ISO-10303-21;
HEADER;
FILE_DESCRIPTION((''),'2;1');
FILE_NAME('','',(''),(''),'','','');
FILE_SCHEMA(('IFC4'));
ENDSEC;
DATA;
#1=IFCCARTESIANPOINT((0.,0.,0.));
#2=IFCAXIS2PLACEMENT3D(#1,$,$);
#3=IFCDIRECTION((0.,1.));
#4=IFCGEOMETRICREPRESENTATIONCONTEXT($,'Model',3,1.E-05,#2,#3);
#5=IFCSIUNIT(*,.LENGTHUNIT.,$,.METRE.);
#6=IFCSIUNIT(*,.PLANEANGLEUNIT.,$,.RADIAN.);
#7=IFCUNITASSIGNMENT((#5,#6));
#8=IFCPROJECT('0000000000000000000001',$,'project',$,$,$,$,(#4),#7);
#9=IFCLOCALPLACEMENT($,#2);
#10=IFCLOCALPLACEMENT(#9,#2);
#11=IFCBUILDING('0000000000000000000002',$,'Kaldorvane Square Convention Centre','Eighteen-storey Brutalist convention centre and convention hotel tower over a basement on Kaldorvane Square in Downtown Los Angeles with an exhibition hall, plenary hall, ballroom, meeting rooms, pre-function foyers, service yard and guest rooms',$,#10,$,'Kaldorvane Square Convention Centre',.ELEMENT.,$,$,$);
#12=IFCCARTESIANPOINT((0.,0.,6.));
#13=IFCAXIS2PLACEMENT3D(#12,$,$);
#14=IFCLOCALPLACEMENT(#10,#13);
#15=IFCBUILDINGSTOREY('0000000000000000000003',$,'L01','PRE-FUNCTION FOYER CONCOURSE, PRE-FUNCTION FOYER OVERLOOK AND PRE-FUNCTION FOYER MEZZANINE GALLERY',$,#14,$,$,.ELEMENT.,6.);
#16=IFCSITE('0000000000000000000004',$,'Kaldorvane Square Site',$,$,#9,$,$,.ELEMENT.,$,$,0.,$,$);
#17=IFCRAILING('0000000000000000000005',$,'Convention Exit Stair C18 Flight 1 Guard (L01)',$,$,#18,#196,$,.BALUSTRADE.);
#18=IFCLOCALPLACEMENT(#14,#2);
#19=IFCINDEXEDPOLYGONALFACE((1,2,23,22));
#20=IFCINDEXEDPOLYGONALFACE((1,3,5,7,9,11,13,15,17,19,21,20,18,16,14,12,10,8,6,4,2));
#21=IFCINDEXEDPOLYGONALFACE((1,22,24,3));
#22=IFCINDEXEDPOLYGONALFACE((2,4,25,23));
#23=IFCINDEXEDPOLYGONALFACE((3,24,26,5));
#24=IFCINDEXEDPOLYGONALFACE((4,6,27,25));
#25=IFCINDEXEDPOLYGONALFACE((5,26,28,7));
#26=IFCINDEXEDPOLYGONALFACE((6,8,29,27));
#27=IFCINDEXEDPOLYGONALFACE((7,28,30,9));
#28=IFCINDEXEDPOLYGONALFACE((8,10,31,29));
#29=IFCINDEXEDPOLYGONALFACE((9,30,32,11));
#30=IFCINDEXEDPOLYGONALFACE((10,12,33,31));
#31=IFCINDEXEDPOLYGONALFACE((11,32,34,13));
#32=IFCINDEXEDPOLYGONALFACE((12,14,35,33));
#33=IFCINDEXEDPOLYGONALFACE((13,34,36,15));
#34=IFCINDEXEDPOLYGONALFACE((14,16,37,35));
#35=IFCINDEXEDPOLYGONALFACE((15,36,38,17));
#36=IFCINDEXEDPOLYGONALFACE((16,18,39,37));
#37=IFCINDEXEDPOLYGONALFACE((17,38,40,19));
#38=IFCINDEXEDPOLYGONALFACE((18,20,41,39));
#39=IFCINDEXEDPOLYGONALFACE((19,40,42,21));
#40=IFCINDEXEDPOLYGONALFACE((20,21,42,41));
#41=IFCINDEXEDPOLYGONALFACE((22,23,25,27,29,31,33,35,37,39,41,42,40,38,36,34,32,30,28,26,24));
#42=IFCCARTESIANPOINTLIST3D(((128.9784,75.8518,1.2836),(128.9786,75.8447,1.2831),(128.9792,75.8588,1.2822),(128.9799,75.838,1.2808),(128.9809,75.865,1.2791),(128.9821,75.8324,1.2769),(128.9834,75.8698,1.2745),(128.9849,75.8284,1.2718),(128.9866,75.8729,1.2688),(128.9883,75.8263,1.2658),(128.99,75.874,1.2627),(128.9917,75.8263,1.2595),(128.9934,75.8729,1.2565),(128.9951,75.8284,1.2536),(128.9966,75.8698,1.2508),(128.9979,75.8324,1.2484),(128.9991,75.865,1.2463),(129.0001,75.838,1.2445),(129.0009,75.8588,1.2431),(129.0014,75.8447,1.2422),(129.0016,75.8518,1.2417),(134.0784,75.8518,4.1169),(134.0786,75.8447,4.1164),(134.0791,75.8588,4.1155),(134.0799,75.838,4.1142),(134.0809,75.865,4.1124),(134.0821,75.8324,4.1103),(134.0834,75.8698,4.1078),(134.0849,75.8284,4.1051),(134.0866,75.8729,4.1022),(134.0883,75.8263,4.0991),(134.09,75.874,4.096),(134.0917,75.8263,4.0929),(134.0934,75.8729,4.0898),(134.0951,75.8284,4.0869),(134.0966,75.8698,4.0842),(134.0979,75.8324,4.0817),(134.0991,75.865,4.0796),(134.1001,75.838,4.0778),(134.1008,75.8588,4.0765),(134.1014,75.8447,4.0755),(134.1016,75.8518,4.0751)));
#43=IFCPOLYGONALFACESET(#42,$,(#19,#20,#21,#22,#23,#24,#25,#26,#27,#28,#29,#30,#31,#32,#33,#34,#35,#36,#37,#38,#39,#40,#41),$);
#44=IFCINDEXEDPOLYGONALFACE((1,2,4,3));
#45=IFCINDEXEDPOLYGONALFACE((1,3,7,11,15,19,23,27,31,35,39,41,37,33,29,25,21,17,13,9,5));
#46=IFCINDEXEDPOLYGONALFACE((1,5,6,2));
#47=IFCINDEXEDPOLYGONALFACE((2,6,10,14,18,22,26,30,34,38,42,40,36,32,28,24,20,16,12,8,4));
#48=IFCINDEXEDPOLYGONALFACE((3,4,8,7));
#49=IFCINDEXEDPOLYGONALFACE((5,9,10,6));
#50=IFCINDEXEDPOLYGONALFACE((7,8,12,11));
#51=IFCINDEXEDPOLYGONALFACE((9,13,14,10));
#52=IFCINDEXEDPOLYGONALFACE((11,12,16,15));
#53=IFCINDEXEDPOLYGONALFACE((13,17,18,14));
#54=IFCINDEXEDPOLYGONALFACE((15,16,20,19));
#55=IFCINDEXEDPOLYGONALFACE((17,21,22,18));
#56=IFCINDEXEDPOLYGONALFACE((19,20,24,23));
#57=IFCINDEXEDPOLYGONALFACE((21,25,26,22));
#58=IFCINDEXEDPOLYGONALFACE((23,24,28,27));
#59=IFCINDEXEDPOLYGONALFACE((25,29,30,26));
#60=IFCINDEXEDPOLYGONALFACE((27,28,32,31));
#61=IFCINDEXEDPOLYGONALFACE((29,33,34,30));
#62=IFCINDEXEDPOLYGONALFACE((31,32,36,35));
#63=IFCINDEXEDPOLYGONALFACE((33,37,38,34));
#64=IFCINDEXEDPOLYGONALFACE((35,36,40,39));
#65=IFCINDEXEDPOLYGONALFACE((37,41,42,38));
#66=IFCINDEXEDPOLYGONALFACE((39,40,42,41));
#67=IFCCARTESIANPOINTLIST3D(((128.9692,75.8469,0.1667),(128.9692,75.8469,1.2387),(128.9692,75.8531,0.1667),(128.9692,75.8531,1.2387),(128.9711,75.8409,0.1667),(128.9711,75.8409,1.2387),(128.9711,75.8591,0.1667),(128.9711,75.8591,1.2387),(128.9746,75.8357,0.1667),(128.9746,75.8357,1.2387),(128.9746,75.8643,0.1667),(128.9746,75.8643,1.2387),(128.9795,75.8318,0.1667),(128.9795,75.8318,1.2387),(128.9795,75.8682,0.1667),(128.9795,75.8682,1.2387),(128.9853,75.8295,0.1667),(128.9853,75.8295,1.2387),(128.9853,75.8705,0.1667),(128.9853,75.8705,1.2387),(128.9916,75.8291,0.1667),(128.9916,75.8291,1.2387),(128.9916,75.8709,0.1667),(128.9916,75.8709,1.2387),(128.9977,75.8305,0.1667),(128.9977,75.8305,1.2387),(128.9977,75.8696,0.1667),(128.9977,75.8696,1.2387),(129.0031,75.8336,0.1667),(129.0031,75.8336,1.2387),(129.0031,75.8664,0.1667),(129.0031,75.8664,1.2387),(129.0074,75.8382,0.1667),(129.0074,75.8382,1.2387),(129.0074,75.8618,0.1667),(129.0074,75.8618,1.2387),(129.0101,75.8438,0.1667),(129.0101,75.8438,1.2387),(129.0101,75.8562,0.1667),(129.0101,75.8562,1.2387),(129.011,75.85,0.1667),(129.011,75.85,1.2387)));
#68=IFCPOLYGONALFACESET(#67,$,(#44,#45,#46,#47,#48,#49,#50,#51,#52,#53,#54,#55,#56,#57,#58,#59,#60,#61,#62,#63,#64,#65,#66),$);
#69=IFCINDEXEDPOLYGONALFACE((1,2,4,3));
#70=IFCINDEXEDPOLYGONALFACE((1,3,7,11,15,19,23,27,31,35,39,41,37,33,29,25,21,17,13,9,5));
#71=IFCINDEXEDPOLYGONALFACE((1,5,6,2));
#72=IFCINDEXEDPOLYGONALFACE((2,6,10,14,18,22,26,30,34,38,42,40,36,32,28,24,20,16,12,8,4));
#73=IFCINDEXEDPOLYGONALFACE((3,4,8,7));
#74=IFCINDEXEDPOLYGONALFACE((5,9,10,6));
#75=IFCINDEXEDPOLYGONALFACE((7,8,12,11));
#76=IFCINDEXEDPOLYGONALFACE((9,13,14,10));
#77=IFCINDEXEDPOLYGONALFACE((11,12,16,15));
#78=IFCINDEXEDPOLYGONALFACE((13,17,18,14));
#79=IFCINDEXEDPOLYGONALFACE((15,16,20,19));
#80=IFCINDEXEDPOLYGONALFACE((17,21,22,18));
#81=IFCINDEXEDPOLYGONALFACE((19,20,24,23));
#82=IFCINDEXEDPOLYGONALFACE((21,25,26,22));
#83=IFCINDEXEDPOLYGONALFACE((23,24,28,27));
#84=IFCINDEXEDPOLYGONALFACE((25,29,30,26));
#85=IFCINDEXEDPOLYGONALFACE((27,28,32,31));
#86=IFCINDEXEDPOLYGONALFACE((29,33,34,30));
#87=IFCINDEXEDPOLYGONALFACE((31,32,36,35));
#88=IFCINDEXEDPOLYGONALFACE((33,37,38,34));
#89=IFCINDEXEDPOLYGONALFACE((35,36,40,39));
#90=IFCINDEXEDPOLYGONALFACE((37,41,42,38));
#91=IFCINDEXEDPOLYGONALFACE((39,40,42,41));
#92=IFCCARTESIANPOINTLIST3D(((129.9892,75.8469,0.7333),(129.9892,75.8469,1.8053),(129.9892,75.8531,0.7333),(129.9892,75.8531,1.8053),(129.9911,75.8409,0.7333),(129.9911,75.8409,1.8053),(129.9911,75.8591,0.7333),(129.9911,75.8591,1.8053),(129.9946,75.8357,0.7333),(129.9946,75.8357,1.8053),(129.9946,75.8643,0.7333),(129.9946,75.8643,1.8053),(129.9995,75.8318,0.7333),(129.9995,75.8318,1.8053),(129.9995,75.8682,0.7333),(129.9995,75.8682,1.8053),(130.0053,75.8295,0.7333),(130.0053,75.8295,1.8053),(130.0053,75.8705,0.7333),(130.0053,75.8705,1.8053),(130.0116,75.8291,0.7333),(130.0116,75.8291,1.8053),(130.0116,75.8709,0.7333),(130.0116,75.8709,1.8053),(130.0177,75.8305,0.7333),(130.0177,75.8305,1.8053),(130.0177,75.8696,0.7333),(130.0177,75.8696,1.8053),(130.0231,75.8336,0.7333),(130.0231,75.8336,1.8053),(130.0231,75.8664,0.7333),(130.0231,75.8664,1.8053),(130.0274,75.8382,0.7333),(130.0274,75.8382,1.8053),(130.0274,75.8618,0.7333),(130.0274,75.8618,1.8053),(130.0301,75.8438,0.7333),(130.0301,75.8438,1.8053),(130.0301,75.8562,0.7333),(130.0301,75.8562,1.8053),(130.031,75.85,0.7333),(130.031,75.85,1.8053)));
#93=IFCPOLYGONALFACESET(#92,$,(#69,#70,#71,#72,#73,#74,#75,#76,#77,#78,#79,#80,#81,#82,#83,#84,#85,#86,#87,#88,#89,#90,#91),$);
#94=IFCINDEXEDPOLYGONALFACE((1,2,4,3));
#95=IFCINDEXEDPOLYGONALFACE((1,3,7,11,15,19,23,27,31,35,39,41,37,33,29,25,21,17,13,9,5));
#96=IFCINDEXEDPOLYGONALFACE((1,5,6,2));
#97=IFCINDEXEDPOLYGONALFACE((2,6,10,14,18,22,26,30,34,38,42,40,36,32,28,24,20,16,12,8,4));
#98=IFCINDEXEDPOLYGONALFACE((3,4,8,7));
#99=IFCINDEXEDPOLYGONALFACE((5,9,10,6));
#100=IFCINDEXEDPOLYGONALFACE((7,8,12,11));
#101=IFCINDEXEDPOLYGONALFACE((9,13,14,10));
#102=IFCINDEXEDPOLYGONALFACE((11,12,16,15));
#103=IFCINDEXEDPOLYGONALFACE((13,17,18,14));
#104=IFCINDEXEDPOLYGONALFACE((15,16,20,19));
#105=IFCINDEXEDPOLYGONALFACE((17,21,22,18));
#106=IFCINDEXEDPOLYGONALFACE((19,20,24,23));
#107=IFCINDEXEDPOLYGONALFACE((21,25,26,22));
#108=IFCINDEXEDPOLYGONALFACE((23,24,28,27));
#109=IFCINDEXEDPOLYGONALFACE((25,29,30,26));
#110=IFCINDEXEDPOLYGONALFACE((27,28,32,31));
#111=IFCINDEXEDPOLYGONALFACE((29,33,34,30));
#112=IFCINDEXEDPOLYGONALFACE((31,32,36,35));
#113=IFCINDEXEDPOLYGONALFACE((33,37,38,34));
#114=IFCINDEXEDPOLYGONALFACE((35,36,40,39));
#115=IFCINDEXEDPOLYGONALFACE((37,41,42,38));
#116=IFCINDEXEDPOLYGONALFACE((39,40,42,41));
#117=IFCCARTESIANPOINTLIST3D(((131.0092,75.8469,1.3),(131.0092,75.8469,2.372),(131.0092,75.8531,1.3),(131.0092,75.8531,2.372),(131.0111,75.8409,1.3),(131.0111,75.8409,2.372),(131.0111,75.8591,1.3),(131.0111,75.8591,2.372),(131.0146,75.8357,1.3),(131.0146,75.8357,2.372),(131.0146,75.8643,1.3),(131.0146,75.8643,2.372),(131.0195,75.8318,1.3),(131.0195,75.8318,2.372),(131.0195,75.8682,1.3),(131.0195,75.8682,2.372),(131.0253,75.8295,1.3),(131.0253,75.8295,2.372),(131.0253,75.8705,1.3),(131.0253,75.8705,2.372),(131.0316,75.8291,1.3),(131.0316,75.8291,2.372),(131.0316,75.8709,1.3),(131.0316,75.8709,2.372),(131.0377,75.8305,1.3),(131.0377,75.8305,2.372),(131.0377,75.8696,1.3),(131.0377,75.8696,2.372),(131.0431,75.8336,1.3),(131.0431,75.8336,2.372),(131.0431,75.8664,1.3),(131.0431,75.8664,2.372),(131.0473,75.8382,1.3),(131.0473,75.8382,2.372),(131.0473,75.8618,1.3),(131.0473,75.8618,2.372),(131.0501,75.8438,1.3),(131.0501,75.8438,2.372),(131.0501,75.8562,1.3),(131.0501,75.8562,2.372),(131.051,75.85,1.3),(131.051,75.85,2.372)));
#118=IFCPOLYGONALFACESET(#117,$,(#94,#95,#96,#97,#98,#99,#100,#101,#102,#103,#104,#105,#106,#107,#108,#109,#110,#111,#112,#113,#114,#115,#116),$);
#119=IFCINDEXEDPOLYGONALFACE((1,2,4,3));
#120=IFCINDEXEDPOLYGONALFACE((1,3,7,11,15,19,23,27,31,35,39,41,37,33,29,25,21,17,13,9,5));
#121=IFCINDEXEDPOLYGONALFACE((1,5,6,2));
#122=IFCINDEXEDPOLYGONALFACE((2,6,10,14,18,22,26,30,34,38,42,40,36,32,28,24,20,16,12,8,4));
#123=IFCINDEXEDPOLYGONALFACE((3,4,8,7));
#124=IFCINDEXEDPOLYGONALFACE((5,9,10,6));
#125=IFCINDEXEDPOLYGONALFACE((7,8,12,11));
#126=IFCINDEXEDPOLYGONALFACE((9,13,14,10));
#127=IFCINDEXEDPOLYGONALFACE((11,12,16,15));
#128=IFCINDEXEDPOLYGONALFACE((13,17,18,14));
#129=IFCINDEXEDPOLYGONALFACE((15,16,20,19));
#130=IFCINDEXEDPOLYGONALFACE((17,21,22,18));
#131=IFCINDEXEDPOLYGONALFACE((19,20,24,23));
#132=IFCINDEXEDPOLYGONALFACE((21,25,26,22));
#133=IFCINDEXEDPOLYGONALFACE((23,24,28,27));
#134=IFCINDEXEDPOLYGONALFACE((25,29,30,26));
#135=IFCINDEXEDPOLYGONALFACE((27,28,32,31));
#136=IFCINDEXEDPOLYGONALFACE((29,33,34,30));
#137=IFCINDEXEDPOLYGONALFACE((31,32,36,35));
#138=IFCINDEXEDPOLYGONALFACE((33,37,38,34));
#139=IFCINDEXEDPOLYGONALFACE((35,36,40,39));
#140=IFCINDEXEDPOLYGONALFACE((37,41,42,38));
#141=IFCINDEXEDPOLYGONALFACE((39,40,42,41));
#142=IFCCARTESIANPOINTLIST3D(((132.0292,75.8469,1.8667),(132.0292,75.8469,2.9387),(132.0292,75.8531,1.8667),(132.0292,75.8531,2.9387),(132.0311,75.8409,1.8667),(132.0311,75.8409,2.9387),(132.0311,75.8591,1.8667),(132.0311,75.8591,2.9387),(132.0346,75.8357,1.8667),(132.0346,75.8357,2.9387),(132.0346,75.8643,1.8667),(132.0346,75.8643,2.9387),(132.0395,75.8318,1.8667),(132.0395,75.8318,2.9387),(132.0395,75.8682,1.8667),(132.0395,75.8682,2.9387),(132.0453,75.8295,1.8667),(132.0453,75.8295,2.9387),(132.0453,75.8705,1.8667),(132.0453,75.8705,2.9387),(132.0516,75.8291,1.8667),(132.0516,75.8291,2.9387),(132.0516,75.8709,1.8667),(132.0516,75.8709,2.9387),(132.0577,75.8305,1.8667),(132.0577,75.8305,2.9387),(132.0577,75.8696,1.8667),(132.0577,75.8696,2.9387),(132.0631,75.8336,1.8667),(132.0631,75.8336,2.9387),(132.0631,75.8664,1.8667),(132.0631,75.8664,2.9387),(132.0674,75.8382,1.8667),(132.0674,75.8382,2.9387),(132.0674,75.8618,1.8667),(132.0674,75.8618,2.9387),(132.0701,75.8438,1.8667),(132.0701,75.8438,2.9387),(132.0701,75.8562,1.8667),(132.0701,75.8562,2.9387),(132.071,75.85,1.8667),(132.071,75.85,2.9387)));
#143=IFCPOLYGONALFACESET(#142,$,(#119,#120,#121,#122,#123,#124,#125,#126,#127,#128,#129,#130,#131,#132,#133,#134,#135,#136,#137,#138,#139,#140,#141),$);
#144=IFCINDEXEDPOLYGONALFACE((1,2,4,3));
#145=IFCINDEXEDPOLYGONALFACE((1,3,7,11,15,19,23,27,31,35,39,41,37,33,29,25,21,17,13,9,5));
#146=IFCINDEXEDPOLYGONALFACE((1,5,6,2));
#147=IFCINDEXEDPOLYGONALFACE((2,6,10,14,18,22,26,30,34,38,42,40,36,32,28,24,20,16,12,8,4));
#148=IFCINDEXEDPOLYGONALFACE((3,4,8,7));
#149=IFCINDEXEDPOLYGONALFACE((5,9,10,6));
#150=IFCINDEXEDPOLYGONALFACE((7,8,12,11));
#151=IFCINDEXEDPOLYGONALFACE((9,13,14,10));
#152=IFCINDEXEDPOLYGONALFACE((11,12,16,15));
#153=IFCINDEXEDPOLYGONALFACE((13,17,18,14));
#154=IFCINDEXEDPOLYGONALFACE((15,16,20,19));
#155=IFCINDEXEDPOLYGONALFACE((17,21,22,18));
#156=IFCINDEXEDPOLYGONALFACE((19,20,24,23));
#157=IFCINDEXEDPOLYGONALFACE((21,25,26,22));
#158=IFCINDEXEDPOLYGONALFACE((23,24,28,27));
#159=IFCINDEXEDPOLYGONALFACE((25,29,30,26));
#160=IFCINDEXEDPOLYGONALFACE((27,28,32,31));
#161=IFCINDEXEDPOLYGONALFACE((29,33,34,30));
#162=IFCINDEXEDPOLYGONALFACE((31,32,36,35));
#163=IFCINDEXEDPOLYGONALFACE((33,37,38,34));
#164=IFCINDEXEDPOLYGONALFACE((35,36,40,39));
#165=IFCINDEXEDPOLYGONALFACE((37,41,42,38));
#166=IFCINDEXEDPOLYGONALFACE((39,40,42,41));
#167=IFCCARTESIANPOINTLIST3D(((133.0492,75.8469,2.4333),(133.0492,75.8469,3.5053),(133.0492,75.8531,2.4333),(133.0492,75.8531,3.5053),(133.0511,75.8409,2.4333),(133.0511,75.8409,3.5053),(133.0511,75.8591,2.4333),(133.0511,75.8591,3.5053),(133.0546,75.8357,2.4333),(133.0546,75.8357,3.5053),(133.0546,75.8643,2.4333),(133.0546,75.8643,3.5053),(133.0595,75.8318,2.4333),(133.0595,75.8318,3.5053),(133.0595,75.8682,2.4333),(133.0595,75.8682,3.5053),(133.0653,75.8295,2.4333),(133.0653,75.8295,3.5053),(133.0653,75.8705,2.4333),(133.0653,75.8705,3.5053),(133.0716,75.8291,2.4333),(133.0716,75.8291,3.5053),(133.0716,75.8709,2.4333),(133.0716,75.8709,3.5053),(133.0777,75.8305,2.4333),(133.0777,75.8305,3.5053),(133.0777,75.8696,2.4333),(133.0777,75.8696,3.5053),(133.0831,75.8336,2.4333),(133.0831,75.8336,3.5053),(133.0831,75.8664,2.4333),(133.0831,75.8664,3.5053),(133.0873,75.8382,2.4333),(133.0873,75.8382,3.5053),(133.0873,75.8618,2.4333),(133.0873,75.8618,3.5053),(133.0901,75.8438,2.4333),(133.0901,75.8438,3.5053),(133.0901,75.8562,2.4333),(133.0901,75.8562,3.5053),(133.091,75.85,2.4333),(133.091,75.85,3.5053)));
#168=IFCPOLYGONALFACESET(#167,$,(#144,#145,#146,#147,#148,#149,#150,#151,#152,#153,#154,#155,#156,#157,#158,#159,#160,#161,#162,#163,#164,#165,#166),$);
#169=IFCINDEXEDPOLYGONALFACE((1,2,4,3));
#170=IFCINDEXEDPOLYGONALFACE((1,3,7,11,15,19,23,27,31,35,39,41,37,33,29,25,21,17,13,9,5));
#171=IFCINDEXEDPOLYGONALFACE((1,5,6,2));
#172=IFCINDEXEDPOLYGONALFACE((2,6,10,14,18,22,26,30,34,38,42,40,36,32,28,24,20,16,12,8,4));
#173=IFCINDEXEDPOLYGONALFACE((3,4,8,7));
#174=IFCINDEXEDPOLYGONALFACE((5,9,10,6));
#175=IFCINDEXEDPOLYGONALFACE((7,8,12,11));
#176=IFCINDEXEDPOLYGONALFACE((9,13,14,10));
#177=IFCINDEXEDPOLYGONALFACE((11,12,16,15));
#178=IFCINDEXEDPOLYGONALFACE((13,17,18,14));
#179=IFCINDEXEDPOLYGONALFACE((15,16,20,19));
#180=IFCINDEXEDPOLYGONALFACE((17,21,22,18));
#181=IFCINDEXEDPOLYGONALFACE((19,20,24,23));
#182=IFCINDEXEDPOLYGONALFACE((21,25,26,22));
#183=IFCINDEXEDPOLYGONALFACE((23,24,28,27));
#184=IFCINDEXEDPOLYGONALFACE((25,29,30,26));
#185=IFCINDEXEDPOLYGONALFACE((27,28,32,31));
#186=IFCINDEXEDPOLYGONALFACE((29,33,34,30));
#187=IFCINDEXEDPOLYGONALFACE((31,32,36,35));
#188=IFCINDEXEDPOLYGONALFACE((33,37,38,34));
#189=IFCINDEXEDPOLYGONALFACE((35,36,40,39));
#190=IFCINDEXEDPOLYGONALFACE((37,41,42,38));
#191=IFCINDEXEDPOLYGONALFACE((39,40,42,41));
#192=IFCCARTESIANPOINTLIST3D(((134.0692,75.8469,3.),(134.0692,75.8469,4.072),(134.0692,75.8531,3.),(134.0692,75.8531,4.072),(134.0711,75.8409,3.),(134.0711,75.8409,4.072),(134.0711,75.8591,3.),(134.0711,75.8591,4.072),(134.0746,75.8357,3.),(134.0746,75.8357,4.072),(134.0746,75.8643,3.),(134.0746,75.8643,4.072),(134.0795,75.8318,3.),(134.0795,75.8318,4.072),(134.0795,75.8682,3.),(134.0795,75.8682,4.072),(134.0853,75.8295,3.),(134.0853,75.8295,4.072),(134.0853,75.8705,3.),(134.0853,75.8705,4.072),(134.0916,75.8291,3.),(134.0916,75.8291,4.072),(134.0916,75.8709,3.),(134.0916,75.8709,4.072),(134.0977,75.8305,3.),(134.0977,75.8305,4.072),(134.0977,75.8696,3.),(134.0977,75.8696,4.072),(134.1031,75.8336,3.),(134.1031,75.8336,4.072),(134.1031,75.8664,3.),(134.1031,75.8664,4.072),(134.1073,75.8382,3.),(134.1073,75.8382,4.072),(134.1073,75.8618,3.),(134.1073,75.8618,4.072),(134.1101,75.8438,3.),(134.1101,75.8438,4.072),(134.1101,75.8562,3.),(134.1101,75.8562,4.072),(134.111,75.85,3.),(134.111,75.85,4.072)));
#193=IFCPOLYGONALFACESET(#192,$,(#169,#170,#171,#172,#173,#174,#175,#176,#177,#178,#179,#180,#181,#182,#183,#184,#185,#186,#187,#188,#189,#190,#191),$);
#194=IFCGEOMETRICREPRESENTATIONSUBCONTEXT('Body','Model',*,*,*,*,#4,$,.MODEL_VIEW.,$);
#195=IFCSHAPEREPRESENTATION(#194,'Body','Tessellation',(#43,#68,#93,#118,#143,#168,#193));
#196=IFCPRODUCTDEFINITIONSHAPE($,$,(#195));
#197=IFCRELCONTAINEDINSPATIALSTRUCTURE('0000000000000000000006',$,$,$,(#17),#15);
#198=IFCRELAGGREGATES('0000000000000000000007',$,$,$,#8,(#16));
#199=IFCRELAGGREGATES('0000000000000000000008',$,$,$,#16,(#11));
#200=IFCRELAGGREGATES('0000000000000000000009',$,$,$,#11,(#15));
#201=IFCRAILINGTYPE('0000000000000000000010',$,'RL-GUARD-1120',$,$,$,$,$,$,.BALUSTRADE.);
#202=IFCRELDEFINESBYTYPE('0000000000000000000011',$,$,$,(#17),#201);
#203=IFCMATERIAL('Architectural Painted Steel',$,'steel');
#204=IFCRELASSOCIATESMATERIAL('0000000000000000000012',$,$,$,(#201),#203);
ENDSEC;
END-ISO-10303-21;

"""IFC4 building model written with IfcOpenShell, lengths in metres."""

from ifc_helpers import new_model, si_unit, direction, frame, origin, origin_2d, place, context, subcontext, project, spatial, circle, extrude, material, type_object, element, save


model = new_model("IFC4")

# Units and contexts
model_context = context("Model", 3, precision=1e-05, world=origin(), true_north=direction((0.0, 1.0)))
body_context = subcontext(model_context, "Body", "Model", "MODEL_VIEW")
ifc_project = project(units=[si_unit("LENGTHUNIT", "METRE"), si_unit("PLANEANGLEUNIT", "RADIAN")], contexts=[model_context])

# Site, building, storey
site_placement = place(None, origin())
site = spatial("IfcSite", under=ifc_project, at=site_placement, Name="Kaldorvane Square Site", CompositionType="ELEMENT", RefElevation=0.0)
building_placement = place(site_placement, origin())
building = spatial("IfcBuilding", under=site, at=building_placement, Name="Kaldorvane Square Convention Centre", Description="Eighteen-storey Brutalist convention centre and convention hotel tower over a basement on Kaldorvane Square in Downtown Los Angeles with an exhibition hall, plenary hall, ballroom, meeting rooms, pre-function foyers, service yard and guest rooms", LongName="Kaldorvane Square Convention Centre", CompositionType="ELEMENT")
storey_placement = place(building_placement, frame((0.0, 0.0, 6.0)))
storey = spatial("IfcBuildingStorey", under=building, at=storey_placement, Name="L01", Description="PRE-FUNCTION FOYER CONCOURSE, PRE-FUNCTION FOYER OVERLOOK AND PRE-FUNCTION FOYER MEZZANINE GALLERY", CompositionType="ELEMENT", Elevation=6.0)

# Railing
ifc_material_1 = material(Name="Architectural Painted Steel", Category="steel")
railing_type_1 = type_object("IfcRailingType", Name="RL-GUARD-1120", PredefinedType="BALUSTRADE", material=ifc_material_1)
railing_1_placement = place(storey_placement, frame((128.99, 75.85, 0.1667)))
element("IfcRailing", 1, at=railing_1_placement, inside=storey, type_object=railing_type_1, Name="Convention Exit Stair C18 Flight 1 Guard (L01)", PredefinedType="BALUSTRADE", context=body_context, shape_type="SweptSolid", body=[
    extrude(circle(Radius=0.024, at=origin_2d()), frame((0.0, 0.0, 1.096), z_axis=(0.874157, 0.0, 0.485643), x_axis=(0.0, 1.0, 0.0)), (0.0, 0.0, 1.0), 5.8342),
    extrude(circle(Radius=0.021, at=origin_2d()), origin(), (0.0, 0.0, 1.0), 1.072),
    extrude(circle(Radius=0.021, at=origin_2d()), frame((1.02, 0.0, 0.5667)), (0.0, 0.0, 1.0), 1.072),
    extrude(circle(Radius=0.021, at=origin_2d()), frame((2.04, 0.0, 1.1333)), (0.0, 0.0, 1.0), 1.072),
    extrude(circle(Radius=0.021, at=origin_2d()), frame((3.06, 0.0, 1.7)), (0.0, 0.0, 1.0), 1.072),
    extrude(circle(Radius=0.021, at=origin_2d()), frame((4.08, 0.0, 2.2667)), (0.0, 0.0, 1.0), 1.072),
    extrude(circle(Radius=0.021, at=origin_2d()), frame((5.1, 0.0, 2.8333)), (0.0, 0.0, 1.0), 1.072),
])

save(model, "model.ifc")
